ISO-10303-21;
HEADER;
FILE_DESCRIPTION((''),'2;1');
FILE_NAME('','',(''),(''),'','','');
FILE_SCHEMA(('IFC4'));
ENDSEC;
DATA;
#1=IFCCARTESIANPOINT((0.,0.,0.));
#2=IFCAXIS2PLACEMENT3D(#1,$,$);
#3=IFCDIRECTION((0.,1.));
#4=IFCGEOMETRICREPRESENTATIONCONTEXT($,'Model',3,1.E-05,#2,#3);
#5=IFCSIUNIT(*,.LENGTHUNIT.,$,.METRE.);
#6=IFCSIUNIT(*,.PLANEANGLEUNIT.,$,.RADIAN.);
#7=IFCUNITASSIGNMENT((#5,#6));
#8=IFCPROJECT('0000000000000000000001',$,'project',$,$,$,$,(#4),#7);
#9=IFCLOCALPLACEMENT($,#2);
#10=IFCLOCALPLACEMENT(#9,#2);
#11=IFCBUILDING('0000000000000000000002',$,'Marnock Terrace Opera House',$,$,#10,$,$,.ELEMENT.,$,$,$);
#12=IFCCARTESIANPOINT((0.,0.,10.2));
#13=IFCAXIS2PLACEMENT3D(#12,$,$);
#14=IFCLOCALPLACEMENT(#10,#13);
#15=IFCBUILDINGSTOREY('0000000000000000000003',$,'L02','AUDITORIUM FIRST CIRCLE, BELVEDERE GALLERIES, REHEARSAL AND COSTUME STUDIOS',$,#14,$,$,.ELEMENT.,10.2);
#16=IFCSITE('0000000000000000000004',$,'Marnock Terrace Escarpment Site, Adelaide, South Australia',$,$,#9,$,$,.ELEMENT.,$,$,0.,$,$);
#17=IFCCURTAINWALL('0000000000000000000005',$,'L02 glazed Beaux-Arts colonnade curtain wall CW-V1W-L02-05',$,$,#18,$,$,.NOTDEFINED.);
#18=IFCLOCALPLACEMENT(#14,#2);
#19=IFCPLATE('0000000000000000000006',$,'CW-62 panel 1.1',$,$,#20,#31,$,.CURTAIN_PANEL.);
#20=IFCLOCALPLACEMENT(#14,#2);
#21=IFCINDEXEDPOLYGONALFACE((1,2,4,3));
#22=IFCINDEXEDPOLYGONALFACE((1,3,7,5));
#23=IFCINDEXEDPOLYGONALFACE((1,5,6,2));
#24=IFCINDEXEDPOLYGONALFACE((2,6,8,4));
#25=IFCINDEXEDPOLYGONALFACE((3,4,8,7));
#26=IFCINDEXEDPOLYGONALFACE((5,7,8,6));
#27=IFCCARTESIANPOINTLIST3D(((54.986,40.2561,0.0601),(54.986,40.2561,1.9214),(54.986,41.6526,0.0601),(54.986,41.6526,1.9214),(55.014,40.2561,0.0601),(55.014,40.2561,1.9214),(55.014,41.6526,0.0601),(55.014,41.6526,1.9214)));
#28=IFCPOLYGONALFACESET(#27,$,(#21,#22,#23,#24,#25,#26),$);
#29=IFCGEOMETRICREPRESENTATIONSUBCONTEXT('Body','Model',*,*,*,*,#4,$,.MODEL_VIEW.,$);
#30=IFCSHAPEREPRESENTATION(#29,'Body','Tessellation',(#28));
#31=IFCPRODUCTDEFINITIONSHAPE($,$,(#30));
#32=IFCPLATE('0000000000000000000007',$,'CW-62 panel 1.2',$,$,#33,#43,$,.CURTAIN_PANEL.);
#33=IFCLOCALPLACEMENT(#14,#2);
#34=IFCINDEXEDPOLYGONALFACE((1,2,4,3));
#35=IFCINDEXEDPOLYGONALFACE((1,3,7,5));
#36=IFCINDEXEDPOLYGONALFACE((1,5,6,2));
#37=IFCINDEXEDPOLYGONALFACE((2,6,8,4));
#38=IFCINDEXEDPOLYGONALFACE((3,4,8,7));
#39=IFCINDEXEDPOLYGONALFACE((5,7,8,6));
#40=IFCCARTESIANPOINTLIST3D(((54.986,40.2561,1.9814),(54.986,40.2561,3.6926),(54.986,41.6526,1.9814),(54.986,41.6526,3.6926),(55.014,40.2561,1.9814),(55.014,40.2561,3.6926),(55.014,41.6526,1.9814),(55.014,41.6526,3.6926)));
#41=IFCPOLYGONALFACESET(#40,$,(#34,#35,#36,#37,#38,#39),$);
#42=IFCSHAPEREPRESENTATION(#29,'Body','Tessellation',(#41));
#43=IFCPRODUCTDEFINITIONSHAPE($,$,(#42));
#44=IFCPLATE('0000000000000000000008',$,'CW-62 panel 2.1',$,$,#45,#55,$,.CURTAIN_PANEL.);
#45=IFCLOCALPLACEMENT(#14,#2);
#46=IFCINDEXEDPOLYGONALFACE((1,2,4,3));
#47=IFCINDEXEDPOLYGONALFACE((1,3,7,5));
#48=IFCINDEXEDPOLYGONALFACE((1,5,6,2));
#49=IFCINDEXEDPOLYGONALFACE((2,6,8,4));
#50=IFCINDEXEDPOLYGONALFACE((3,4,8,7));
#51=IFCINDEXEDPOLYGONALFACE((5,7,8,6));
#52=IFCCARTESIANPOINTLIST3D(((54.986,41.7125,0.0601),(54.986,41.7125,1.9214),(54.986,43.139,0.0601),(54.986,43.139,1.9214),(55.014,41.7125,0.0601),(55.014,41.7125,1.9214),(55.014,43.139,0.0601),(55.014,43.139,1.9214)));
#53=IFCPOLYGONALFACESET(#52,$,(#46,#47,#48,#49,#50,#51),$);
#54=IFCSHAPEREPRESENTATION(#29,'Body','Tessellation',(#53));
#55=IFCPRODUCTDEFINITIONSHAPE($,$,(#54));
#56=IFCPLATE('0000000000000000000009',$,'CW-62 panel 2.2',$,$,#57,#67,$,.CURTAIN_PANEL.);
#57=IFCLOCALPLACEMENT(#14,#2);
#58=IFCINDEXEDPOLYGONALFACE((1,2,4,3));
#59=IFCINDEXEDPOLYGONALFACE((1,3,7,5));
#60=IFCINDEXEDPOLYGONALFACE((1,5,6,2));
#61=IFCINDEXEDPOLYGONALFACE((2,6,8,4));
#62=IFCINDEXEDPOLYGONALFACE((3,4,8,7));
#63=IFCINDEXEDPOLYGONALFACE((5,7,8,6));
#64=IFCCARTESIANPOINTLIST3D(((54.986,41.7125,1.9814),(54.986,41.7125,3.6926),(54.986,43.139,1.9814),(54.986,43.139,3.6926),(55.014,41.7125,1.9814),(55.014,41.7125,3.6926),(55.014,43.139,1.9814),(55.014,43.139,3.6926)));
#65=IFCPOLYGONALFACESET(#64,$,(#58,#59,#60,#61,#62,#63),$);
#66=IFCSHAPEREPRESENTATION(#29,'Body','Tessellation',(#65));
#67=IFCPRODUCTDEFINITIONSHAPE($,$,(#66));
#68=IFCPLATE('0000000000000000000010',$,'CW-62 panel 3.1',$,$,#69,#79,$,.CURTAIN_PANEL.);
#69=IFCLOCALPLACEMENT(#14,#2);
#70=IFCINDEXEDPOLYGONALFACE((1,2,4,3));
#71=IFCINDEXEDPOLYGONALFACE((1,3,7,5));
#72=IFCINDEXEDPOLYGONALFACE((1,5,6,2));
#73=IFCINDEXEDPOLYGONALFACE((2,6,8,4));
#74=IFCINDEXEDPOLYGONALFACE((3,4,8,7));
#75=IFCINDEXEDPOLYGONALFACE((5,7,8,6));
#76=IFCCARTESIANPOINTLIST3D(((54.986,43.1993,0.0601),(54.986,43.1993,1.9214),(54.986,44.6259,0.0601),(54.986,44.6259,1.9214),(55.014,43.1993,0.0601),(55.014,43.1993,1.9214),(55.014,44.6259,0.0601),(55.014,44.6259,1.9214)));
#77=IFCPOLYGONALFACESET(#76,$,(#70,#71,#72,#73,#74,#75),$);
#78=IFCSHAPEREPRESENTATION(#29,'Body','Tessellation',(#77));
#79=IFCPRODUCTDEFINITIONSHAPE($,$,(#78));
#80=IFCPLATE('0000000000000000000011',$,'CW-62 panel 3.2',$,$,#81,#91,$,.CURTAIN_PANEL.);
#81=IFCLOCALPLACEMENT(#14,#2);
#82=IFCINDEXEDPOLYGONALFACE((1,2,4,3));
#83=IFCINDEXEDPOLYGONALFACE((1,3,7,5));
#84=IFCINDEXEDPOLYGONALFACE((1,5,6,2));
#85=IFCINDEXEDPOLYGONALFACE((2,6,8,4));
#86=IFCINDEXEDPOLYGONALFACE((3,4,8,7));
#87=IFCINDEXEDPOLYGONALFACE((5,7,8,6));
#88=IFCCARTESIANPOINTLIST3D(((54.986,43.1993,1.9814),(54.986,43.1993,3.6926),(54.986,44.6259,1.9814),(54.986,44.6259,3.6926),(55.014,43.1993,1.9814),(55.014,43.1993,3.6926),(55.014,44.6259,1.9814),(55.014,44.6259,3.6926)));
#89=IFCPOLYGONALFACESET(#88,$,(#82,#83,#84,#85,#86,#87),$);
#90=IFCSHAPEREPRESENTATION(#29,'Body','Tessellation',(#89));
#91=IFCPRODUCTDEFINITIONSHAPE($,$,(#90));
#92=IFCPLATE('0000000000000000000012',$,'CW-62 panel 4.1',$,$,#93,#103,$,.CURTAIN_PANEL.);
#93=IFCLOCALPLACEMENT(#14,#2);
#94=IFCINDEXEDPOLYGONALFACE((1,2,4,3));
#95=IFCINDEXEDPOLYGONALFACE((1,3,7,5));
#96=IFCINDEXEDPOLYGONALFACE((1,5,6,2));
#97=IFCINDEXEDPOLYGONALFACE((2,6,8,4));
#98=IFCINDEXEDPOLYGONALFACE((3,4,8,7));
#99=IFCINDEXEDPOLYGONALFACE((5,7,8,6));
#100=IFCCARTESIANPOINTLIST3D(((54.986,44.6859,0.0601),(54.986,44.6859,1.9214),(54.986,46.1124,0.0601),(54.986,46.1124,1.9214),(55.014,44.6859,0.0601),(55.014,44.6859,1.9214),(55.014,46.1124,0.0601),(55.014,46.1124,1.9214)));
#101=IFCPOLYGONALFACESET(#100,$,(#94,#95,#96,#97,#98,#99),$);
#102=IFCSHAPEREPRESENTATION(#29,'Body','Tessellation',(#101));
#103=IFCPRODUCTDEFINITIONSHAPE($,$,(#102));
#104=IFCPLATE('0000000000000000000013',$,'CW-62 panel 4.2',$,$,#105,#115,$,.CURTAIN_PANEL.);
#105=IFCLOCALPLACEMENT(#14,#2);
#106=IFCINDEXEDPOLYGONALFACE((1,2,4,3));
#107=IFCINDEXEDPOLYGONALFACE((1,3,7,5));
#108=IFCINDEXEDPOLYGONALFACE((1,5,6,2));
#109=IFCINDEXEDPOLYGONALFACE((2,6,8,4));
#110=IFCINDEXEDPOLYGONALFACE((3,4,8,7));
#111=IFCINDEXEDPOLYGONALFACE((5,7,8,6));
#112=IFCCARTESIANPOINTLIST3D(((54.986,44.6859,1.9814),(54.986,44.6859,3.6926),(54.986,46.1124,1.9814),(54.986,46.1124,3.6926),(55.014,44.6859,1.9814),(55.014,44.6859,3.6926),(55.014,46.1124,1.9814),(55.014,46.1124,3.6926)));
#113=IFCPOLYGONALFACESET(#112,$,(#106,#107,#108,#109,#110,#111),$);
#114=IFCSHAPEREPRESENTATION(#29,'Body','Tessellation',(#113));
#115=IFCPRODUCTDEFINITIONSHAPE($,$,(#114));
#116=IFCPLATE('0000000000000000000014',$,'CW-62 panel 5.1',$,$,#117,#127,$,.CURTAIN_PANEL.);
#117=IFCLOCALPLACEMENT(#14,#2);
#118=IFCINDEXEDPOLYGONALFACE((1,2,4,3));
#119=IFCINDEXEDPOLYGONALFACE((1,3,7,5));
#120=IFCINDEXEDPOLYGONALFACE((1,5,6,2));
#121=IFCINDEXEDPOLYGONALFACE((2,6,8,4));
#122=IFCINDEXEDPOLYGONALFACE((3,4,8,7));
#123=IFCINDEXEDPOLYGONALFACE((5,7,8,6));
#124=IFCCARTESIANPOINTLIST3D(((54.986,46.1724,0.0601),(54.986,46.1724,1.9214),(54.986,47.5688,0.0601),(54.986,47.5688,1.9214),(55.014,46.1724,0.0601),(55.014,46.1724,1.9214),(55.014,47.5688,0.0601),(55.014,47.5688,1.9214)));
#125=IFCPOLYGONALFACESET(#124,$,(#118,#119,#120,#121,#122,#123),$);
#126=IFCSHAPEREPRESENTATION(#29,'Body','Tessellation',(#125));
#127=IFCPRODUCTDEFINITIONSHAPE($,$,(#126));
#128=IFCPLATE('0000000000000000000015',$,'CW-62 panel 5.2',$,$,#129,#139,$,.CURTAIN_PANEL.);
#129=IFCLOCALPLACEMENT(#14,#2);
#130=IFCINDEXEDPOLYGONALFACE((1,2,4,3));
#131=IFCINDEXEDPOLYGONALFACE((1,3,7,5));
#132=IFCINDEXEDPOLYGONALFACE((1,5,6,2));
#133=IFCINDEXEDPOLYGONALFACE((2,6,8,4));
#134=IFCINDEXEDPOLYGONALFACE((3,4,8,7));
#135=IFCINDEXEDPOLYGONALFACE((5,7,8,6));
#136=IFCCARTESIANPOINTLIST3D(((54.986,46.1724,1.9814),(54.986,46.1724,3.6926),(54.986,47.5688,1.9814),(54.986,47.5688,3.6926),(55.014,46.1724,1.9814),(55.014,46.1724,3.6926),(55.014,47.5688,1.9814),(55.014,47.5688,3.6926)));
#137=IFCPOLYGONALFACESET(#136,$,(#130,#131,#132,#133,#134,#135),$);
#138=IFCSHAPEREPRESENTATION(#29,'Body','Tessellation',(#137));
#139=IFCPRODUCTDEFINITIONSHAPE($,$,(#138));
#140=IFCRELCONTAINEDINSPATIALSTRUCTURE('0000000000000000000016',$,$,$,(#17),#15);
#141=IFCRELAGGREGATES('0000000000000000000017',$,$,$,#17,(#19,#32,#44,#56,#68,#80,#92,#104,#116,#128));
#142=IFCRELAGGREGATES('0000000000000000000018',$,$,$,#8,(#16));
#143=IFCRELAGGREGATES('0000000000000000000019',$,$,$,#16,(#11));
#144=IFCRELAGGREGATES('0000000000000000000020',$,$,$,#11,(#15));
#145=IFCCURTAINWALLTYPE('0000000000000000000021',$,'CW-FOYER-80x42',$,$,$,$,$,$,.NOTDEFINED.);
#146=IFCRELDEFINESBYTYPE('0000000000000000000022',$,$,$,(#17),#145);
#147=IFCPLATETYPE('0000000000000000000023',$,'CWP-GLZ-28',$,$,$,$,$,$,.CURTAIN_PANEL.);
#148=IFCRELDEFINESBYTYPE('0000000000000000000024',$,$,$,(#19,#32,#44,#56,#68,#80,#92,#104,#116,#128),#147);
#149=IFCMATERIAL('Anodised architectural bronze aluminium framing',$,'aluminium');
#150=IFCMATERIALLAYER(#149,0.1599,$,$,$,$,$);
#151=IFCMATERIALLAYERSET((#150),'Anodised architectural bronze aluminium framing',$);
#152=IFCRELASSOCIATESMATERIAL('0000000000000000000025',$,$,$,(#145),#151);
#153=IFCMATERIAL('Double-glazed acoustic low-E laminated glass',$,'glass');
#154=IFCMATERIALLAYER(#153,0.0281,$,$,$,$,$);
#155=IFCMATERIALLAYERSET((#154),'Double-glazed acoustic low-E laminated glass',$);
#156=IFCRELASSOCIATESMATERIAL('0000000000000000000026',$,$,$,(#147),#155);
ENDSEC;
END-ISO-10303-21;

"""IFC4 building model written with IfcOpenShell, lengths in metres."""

from ifc_helpers import new_model, si_unit, direction, frame, origin, origin_2d, place, context, subcontext, project, spatial, rectangle, extrude, material, layer, layer_set, type_object, element, aggregate, save


model = new_model("IFC4")

# Units and contexts
model_context = context("Model", 3, precision=1e-05, world=origin(), true_north=direction((0.0, 1.0)))
body_context = subcontext(model_context, "Body", "Model", "MODEL_VIEW")
ifc_project = project(units=[si_unit("LENGTHUNIT", "METRE"), si_unit("PLANEANGLEUNIT", "RADIAN")], contexts=[model_context])

# Site, building, storey
site_placement = place(None, origin())
site = spatial("IfcSite", under=ifc_project, at=site_placement, Name="Marnock Terrace Escarpment Site, Adelaide, South Australia", CompositionType="ELEMENT", RefElevation=0.0)
building_placement = place(site_placement, origin())
building = spatial("IfcBuilding", under=site, at=building_placement, Name="Marnock Terrace Opera House", CompositionType="ELEMENT")
storey_placement = place(building_placement, frame((0.0, 0.0, 10.2)))
storey = spatial("IfcBuildingStorey", under=building, at=storey_placement, Name="L02", Description="AUDITORIUM FIRST CIRCLE, BELVEDERE GALLERIES, REHEARSAL AND COSTUME STUDIOS", CompositionType="ELEMENT", Elevation=10.2)

# Shared definitions
ifc_material_1 = material(Name="Anodised architectural bronze aluminium framing", Category="aluminium")
ifc_layer_1 = layer(ifc_material_1, 0.1599)
ifc_layer_set_1 = layer_set([ifc_layer_1], Name="Anodised architectural bronze aluminium framing")
curtain_wall_type = type_object("IfcCurtainWallType", Name="CW-FOYER-80x42", PredefinedType="NOTDEFINED", material=ifc_layer_set_1)

# Curtain wall
curtain_wall_1_placement = place(storey_placement, origin())
curtain_wall_1 = element("IfcCurtainWall", 1, at=curtain_wall_1_placement, inside=storey, type_object=curtain_wall_type, Name="L02 glazed Beaux-Arts colonnade curtain wall CW-V1W-L02-05", PredefinedType="NOTDEFINED")

# Plates
ifc_material_2 = material(Name="Double-glazed acoustic low-E laminated glass", Category="glass")
ifc_layer_2 = layer(ifc_material_2, 0.0281)
ifc_layer_set_2 = layer_set([ifc_layer_2], Name="Double-glazed acoustic low-E laminated glass")
plate_type = type_object("IfcPlateType", Name="CWP-GLZ-28", PredefinedType="CURTAIN_PANEL", material=ifc_layer_set_2)
plate_1_placement = place(storey_placement, frame((55.0, 40.9543, 0.0601), z_axis=(0.0, 0.0, 1.0), x_axis=(0.0, 1.0, 0.0)))
plate_1 = element("IfcPlate", 2, at=plate_1_placement, type_object=plate_type, Name="CW-62 panel 1.1", PredefinedType="CURTAIN_PANEL", context=body_context, shape_type="SweptSolid", body=[
    extrude(rectangle(XDim=1.3965, YDim=0.0281, at=origin_2d()), origin(), (0.0, 0.0, 1.0), 1.8613),
])
plate_2_placement = place(storey_placement, frame((55.0, 40.9543, 1.9814), z_axis=(0.0, 0.0, 1.0), x_axis=(0.0, 1.0, 0.0)))
plate_2 = element("IfcPlate", 3, at=plate_2_placement, type_object=plate_type, Name="CW-62 panel 1.2", PredefinedType="CURTAIN_PANEL", context=body_context, shape_type="SweptSolid", body=[
    extrude(rectangle(XDim=1.3965, YDim=0.0281, at=origin_2d()), origin(), (0.0, 0.0, 1.0), 1.7112),
])
plate_3_placement = place(storey_placement, frame((55.0, 42.4258, 0.0601), z_axis=(0.0, 0.0, 1.0), x_axis=(0.0, 1.0, 0.0)))
plate_3 = element("IfcPlate", 4, at=plate_3_placement, type_object=plate_type, Name="CW-62 panel 2.1", PredefinedType="CURTAIN_PANEL", context=body_context, shape_type="SweptSolid", body=[
    extrude(rectangle(XDim=1.4265, YDim=0.0281, at=origin_2d()), origin(), (0.0, 0.0, 1.0), 1.8613),
])
plate_4_placement = place(storey_placement, frame((55.0, 42.4258, 1.9814), z_axis=(0.0, 0.0, 1.0), x_axis=(0.0, 1.0, 0.0)))
plate_4 = element("IfcPlate", 5, at=plate_4_placement, type_object=plate_type, Name="CW-62 panel 2.2", PredefinedType="CURTAIN_PANEL", context=body_context, shape_type="SweptSolid", body=[
    extrude(rectangle(XDim=1.4265, YDim=0.0281, at=origin_2d()), origin(), (0.0, 0.0, 1.0), 1.7112),
])
plate_5_placement = place(storey_placement, frame((55.0, 43.9126, 0.0601), z_axis=(0.0, 0.0, 1.0), x_axis=(0.0, 1.0, 0.0)))
plate_5 = element("IfcPlate", 6, at=plate_5_placement, type_object=plate_type, Name="CW-62 panel 3.1", PredefinedType="CURTAIN_PANEL", context=body_context, shape_type="SweptSolid", body=[
    extrude(rectangle(XDim=1.4265, YDim=0.0281, at=origin_2d()), origin(), (0.0, 0.0, 1.0), 1.8613),
])
plate_6_placement = place(storey_placement, frame((55.0, 43.9126, 1.9814), z_axis=(0.0, 0.0, 1.0), x_axis=(0.0, 1.0, 0.0)))
plate_6 = element("IfcPlate", 7, at=plate_6_placement, type_object=plate_type, Name="CW-62 panel 3.2", PredefinedType="CURTAIN_PANEL", context=body_context, shape_type="SweptSolid", body=[
    extrude(rectangle(XDim=1.4265, YDim=0.0281, at=origin_2d()), origin(), (0.0, 0.0, 1.0), 1.7112),
])
plate_7_placement = place(storey_placement, frame((55.0, 45.3992, 0.0601), z_axis=(0.0, 0.0, 1.0), x_axis=(0.0, 1.0, 0.0)))
plate_7 = element("IfcPlate", 8, at=plate_7_placement, type_object=plate_type, Name="CW-62 panel 4.1", PredefinedType="CURTAIN_PANEL", context=body_context, shape_type="SweptSolid", body=[
    extrude(rectangle(XDim=1.4265, YDim=0.0281, at=origin_2d()), origin(), (0.0, 0.0, 1.0), 1.8613),
])
plate_8_placement = place(storey_placement, frame((55.0, 45.3992, 1.9814), z_axis=(0.0, 0.0, 1.0), x_axis=(0.0, 1.0, 0.0)))
plate_8 = element("IfcPlate", 9, at=plate_8_placement, type_object=plate_type, Name="CW-62 panel 4.2", PredefinedType="CURTAIN_PANEL", context=body_context, shape_type="SweptSolid", body=[
    extrude(rectangle(XDim=1.4265, YDim=0.0281, at=origin_2d()), origin(), (0.0, 0.0, 1.0), 1.7112),
])
plate_9_placement = place(storey_placement, frame((55.0, 46.8706, 0.0601), z_axis=(0.0, 0.0, 1.0), x_axis=(0.0, 1.0, 0.0)))
plate_9 = element("IfcPlate", 10, at=plate_9_placement, type_object=plate_type, Name="CW-62 panel 5.1", PredefinedType="CURTAIN_PANEL", context=body_context, shape_type="SweptSolid", body=[
    extrude(rectangle(XDim=1.3965, YDim=0.0281, at=origin_2d()), origin(), (0.0, 0.0, 1.0), 1.8613),
])
plate_10_placement = place(storey_placement, frame((55.0, 46.8706, 1.9814), z_axis=(0.0, 0.0, 1.0), x_axis=(0.0, 1.0, 0.0)))
plate_10 = element("IfcPlate", 11, at=plate_10_placement, type_object=plate_type, Name="CW-62 panel 5.2", PredefinedType="CURTAIN_PANEL", context=body_context, shape_type="SweptSolid", body=[
    extrude(rectangle(XDim=1.3965, YDim=0.0281, at=origin_2d()), origin(), (0.0, 0.0, 1.0), 1.7112),
])
aggregate(curtain_wall_1, [plate_1, plate_2, plate_3, plate_4, plate_5, plate_6, plate_7, plate_8, plate_9, plate_10])

save(model, "model.ifc")
